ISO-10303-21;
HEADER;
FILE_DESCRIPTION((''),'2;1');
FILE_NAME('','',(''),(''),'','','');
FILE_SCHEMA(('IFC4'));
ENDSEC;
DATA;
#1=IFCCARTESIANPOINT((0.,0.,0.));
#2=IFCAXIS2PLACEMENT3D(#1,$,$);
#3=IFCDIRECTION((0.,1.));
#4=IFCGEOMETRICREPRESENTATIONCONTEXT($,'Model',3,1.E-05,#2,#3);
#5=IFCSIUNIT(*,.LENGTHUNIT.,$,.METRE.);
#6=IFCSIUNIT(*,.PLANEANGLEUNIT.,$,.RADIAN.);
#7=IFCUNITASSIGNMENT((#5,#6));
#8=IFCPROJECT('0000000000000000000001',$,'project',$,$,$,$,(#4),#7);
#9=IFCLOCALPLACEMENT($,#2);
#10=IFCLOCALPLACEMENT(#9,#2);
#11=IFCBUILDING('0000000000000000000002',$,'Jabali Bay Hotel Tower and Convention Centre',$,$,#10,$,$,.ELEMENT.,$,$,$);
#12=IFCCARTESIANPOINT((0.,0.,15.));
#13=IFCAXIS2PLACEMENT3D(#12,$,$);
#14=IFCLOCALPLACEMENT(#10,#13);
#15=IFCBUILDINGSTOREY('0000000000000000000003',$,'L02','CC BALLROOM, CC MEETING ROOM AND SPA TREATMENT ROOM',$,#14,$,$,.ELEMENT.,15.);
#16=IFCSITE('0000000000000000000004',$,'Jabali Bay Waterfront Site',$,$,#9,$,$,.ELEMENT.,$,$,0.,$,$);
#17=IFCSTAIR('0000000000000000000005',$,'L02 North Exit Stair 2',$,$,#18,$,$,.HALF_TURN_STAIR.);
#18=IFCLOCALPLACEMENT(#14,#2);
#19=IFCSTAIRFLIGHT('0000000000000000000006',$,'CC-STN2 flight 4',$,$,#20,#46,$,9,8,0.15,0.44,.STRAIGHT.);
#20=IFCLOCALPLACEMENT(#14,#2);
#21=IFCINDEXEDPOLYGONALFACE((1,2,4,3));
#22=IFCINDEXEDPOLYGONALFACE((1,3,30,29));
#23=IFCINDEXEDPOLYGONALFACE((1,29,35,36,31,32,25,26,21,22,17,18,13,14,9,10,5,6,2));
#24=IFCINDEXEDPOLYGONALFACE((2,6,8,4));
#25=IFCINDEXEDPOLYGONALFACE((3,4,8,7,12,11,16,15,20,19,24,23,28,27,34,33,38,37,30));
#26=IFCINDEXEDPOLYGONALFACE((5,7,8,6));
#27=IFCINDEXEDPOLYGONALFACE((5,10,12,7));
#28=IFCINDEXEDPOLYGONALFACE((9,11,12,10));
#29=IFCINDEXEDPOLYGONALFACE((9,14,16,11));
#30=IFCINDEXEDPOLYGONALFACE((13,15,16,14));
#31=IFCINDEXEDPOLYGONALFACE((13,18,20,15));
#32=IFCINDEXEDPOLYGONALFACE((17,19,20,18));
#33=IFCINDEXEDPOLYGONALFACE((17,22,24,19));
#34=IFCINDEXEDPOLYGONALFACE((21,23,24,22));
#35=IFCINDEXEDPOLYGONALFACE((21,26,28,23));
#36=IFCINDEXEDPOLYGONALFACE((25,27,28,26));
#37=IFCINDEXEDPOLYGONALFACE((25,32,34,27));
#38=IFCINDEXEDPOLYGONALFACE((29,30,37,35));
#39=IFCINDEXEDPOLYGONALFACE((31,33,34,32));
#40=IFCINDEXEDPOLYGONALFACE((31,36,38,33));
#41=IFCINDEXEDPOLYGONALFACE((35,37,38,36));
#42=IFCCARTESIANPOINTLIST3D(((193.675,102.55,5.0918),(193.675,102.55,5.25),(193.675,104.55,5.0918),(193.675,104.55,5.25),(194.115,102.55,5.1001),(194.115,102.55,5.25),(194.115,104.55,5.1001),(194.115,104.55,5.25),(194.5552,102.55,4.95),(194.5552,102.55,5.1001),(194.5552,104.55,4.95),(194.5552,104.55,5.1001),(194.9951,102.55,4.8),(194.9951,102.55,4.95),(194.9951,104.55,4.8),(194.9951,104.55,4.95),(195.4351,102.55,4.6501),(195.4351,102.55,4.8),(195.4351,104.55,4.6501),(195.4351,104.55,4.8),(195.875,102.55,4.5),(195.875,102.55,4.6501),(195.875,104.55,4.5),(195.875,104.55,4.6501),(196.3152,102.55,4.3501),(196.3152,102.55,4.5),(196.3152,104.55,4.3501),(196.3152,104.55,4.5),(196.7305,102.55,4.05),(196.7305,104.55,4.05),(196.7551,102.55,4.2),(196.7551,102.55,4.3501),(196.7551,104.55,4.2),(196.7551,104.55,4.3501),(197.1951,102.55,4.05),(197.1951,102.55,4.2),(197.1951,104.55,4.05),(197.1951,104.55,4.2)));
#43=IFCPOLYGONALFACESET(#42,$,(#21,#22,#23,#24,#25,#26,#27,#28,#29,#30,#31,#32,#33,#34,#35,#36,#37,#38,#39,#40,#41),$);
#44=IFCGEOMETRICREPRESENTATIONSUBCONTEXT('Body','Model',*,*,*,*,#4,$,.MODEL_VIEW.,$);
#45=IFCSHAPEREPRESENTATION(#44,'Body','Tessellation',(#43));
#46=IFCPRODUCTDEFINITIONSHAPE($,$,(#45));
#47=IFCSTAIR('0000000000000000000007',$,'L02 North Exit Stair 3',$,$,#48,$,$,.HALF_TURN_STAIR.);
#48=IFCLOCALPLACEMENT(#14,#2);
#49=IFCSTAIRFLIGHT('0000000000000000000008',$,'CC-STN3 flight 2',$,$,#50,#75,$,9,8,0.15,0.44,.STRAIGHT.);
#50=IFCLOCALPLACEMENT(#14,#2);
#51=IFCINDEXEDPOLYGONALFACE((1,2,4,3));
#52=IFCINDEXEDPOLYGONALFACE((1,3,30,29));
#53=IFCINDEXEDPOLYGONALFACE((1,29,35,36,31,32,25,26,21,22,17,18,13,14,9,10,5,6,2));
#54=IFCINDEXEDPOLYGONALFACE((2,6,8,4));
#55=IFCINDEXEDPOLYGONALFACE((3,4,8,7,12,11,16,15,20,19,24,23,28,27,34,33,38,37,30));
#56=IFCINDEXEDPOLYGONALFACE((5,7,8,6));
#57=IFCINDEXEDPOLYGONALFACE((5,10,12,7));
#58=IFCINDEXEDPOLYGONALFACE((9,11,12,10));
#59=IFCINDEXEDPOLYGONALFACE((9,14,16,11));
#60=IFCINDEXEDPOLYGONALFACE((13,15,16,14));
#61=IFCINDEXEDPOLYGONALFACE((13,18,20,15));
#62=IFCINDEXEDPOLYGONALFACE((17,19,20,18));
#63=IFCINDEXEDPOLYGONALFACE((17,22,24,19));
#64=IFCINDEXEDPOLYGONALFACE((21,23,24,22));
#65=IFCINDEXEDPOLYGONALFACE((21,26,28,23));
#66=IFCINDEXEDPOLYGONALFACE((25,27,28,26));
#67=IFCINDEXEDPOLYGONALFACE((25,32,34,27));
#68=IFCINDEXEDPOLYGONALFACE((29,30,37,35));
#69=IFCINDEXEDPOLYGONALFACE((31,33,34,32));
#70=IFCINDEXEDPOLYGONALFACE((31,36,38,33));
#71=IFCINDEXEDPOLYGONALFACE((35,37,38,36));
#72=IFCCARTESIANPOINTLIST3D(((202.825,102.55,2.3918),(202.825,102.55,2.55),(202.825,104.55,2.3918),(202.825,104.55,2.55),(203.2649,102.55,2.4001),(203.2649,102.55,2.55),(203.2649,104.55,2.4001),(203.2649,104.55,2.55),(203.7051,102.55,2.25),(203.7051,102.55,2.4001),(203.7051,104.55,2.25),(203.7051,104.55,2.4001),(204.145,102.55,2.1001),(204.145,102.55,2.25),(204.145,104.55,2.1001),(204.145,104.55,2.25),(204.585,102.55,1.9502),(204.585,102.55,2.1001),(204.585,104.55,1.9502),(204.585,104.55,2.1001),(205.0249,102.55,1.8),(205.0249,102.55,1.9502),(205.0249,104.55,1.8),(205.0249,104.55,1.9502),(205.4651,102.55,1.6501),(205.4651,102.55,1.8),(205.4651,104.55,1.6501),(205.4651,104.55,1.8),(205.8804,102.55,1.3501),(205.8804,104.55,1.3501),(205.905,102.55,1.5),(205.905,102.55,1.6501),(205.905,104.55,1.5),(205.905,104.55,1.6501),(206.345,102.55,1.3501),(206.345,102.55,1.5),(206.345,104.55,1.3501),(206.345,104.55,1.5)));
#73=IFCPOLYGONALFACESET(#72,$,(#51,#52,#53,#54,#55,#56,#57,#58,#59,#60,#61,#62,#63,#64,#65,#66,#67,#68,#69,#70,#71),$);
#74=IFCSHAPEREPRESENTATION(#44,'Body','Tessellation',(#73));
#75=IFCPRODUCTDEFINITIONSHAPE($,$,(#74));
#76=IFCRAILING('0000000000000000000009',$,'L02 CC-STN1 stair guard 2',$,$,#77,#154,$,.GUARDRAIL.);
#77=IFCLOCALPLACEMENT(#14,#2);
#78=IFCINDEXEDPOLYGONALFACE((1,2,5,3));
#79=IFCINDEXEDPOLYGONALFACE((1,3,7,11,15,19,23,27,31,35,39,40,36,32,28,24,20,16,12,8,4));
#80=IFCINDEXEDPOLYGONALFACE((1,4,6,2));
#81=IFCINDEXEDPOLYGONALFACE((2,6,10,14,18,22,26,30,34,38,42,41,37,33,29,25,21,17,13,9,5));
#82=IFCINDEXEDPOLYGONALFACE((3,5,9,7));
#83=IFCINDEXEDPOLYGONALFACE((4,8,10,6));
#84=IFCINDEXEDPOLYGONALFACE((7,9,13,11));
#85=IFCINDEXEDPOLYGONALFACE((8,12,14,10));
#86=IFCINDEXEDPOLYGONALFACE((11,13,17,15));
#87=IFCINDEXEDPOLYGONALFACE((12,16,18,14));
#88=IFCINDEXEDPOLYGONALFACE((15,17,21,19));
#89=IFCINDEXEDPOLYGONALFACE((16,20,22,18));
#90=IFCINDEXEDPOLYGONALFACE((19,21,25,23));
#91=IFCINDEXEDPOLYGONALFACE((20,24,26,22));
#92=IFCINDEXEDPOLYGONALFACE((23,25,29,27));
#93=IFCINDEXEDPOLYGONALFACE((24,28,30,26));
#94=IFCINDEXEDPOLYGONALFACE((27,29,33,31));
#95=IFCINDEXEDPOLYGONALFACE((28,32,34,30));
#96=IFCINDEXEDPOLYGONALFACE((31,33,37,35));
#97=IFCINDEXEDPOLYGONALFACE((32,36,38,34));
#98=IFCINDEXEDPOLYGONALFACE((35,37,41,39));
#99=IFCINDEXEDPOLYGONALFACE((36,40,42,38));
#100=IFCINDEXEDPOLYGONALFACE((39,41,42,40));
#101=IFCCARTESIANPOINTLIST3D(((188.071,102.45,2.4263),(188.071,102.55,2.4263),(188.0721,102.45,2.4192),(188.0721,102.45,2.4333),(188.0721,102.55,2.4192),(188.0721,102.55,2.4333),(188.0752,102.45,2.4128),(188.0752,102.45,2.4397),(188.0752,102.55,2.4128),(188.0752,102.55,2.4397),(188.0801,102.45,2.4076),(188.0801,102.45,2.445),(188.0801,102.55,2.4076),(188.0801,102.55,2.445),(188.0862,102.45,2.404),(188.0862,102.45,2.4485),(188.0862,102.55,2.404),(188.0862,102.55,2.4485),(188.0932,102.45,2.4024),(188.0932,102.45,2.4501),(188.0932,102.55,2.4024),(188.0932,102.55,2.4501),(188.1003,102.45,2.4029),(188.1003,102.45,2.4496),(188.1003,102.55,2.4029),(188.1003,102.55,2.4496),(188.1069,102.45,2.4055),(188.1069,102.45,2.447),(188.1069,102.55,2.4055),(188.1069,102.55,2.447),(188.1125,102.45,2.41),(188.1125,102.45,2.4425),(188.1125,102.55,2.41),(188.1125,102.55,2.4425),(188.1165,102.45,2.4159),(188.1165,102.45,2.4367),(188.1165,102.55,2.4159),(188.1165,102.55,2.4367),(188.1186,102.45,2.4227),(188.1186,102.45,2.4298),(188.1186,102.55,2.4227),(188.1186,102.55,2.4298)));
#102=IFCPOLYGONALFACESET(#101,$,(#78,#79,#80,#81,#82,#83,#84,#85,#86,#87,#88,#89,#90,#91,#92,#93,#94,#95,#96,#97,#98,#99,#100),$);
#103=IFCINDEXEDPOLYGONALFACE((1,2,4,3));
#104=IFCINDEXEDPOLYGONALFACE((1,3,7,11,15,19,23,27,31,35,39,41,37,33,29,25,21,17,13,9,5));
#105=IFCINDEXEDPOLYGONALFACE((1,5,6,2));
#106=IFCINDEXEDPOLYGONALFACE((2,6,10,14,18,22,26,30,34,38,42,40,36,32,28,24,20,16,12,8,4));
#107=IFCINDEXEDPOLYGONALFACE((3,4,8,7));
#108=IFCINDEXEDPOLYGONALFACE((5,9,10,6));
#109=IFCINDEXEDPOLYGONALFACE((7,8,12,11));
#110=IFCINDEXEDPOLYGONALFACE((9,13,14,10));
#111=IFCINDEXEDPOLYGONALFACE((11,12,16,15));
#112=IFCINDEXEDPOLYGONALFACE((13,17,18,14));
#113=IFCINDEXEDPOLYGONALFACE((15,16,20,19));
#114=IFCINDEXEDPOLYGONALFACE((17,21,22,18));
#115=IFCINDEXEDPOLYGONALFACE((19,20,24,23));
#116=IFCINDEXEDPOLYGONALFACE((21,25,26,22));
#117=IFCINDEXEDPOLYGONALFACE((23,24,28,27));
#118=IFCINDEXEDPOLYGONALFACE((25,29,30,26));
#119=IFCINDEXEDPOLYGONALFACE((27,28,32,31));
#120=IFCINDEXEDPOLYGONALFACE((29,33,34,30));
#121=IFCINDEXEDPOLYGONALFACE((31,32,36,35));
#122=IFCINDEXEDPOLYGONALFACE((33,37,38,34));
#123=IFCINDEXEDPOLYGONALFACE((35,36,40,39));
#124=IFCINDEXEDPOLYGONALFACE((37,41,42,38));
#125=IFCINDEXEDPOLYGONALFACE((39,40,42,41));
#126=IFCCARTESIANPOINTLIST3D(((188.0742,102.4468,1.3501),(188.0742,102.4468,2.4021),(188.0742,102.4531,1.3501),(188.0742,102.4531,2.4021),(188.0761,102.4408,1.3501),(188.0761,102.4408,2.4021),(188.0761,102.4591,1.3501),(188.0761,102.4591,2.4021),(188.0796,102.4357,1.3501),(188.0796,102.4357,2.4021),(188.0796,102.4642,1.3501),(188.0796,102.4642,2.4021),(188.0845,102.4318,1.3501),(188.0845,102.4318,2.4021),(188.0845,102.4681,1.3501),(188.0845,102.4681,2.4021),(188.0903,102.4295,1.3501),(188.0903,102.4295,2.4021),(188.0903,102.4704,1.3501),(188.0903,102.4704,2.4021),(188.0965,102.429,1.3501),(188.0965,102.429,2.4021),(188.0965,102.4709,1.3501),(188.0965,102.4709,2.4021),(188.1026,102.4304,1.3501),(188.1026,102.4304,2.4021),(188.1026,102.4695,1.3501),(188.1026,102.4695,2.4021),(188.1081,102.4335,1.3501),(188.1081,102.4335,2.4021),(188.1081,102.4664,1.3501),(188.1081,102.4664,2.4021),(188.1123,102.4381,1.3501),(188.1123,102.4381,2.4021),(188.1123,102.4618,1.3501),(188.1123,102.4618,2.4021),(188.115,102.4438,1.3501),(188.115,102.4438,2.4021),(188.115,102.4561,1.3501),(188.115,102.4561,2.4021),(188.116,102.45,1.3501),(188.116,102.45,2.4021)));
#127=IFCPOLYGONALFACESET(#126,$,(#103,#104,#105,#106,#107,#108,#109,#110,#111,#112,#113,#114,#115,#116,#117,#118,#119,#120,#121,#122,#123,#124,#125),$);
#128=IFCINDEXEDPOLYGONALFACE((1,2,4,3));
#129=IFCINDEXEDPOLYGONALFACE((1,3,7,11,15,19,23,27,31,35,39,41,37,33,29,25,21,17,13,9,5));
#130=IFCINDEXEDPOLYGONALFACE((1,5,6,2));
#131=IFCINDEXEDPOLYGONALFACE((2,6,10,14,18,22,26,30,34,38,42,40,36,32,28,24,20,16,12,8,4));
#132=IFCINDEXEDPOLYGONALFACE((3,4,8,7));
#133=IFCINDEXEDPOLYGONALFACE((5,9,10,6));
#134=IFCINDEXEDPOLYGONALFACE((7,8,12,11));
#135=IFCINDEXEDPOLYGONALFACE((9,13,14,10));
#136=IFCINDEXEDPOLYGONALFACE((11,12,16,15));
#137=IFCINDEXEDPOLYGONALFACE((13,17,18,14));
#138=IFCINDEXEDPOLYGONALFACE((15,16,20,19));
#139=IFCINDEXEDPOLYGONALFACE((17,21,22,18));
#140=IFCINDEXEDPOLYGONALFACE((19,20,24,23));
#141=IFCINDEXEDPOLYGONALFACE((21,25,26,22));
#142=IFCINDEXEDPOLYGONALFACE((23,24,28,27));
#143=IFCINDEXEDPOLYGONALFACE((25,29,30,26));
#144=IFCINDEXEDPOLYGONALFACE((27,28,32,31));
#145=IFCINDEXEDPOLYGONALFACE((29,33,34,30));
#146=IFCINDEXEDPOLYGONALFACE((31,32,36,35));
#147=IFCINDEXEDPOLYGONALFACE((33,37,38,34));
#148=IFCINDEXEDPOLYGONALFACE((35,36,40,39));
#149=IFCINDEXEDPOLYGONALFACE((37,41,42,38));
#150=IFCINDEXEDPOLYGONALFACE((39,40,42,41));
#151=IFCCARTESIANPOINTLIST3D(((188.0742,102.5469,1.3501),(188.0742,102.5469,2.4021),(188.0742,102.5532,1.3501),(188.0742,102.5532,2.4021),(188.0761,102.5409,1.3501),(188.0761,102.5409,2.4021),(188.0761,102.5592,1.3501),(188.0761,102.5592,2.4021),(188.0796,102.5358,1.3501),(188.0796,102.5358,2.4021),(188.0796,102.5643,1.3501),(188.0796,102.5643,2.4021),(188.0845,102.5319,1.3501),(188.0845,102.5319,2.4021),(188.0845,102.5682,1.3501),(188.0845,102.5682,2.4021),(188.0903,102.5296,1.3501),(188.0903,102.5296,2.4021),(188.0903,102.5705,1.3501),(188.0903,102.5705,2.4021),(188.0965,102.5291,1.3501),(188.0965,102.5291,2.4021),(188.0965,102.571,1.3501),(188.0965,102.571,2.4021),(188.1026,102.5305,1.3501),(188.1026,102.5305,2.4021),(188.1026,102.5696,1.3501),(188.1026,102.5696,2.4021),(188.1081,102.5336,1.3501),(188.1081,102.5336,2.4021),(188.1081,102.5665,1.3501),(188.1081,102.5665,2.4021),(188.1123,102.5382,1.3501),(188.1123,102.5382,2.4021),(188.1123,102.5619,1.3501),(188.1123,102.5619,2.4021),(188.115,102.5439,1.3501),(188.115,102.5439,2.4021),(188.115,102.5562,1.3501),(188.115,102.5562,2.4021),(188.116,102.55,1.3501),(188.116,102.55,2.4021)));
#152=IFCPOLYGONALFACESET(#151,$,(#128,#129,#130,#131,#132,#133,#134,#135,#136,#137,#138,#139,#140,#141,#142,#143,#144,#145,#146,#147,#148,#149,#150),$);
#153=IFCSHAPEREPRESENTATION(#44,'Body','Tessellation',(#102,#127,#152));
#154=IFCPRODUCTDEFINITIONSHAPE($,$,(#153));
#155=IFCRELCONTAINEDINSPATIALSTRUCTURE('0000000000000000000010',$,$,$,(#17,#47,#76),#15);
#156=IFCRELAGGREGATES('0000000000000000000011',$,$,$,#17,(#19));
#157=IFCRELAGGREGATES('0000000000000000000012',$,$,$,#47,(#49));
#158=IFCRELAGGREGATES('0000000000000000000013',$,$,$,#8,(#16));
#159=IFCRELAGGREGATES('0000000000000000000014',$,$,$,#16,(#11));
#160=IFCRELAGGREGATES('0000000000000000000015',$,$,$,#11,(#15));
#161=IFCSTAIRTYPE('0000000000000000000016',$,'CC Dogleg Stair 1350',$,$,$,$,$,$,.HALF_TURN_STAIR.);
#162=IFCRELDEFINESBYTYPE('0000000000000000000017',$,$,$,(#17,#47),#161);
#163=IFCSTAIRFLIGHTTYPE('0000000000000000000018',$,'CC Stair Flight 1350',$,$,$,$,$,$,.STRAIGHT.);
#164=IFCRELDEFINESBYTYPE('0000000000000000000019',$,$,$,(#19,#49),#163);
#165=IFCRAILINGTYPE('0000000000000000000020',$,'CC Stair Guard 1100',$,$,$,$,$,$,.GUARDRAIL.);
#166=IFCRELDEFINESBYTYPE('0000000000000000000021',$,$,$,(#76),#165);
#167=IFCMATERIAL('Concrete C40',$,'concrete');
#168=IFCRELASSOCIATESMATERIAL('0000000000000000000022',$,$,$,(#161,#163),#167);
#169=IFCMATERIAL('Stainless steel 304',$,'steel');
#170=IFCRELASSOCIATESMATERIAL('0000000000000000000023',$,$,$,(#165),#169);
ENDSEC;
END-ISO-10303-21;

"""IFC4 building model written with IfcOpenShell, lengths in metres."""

from ifc_helpers import new_model, si_unit, direction, frame, origin, origin_2d, place, context, subcontext, project, spatial, polyline, circle, outline, extrude, material, type_object, element, aggregate, save


model = new_model("IFC4")

# Units and contexts
model_context = context("Model", 3, precision=1e-05, world=origin(), true_north=direction((0.0, 1.0)))
body_context = subcontext(model_context, "Body", "Model", "MODEL_VIEW")
ifc_project = project(units=[si_unit("LENGTHUNIT", "METRE"), si_unit("PLANEANGLEUNIT", "RADIAN")], contexts=[model_context])

# Site, building, storey
site_placement = place(None, origin())
site = spatial("IfcSite", under=ifc_project, at=site_placement, Name="Jabali Bay Waterfront Site", CompositionType="ELEMENT", RefElevation=0.0)
building_placement = place(site_placement, origin())
building = spatial("IfcBuilding", under=site, at=building_placement, Name="Jabali Bay Hotel Tower and Convention Centre", CompositionType="ELEMENT")
storey_placement = place(building_placement, frame((0.0, 0.0, 15.0)))
storey = spatial("IfcBuildingStorey", under=building, at=storey_placement, Name="L02", Description="CC BALLROOM, CC MEETING ROOM AND SPA TREATMENT ROOM", CompositionType="ELEMENT", Elevation=15.0)

# Shared definitions
ifc_material_1 = material(Name="Concrete C40", Category="concrete")

# Shared definitions
stair_type = type_object("IfcStairType", Name="CC Dogleg Stair 1350", PredefinedType="HALF_TURN_STAIR", material=ifc_material_1)
stair_flight_type = type_object("IfcStairFlightType", Name="CC Stair Flight 1350", PredefinedType="STRAIGHT", material=ifc_material_1)

# Stair, stair flight
stair_1_placement = place(storey_placement, origin())
stair_1 = element("IfcStair", 1, at=stair_1_placement, inside=storey, type_object=stair_type, Name="L02 North Exit Stair 2", PredefinedType="HALF_TURN_STAIR")
stair_flight_1_placement = place(storey_placement, frame((197.1951, 103.55, 4.05), z_axis=(0.0, 0.0, 1.0), x_axis=(-1.0, 0.0, 0.0)))
stair_flight_1 = element("IfcStairFlight", 2, at=stair_flight_1_placement, type_object=stair_flight_type, Name="CC-STN2 flight 4", NumberOfRisers=9, NumberOfTreads=8, PredefinedType="STRAIGHT", RiserHeight=0.15, TreadLength=0.44, context=body_context, shape_type="SweptSolid", body=[
    extrude(outline(polyline([(0.0, 0.0), (0.0, 0.1499), (0.4399, 0.1499), (0.4399, 0.3), (0.8799, 0.3), (0.8799, 0.45), (1.3201, 0.45), (1.3201, 0.6001), (1.76, 0.6001), (1.76, 0.75), (2.2, 0.75), (2.2, 0.8999), (2.6399, 0.8999), (2.6399, 1.05), (3.0801, 1.05), (3.0801, 1.2), (3.52, 1.2), (3.52, 1.3501), (3.52, 1.0417), (0.4646, 0.0), (0.0, 0.0)])), frame((0.0, 1.0, 0.0), z_axis=(0.0, -1.0, 0.0), x_axis=(1.0, 0.0, 0.0)), (0.0, 0.0, 1.0), 2.0),
])
aggregate(stair_1, [stair_flight_1])

# Stair, stair flight
stair_2_placement = place(storey_placement, origin())
stair_2 = element("IfcStair", 3, at=stair_2_placement, inside=storey, type_object=stair_type, Name="L02 North Exit Stair 3", PredefinedType="HALF_TURN_STAIR")
stair_flight_2_placement = place(storey_placement, frame((206.345, 103.55, 1.3501), z_axis=(0.0, 0.0, 1.0), x_axis=(-1.0, 0.0, 0.0)))
stair_flight_2 = element("IfcStairFlight", 4, at=stair_flight_2_placement, type_object=stair_flight_type, Name="CC-STN3 flight 2", NumberOfRisers=9, NumberOfTreads=8, PredefinedType="STRAIGHT", RiserHeight=0.15, TreadLength=0.44, context=body_context, shape_type="SweptSolid", body=[
    extrude(outline(polyline([(0.0, 0.0), (0.0, 0.1499), (0.4399, 0.1499), (0.4399, 0.3), (0.8799, 0.3), (0.8799, 0.45), (1.3201, 0.45), (1.3201, 0.6001), (1.76, 0.6001), (1.76, 0.75), (2.2, 0.75), (2.2, 0.8999), (2.6399, 0.8999), (2.6399, 1.05), (3.0801, 1.05), (3.0801, 1.2), (3.52, 1.2), (3.52, 1.3501), (3.52, 1.0417), (0.4646, 0.0), (0.0, 0.0)])), frame((0.0, 1.0, 0.0), z_axis=(0.0, -1.0, 0.0), x_axis=(1.0, 0.0, 0.0)), (0.0, 0.0, 1.0), 2.0),
])
aggregate(stair_2, [stair_flight_2])

# Railing
ifc_material_2 = material(Name="Stainless steel 304", Category="steel")
railing_type_1 = type_object("IfcRailingType", Name="CC Stair Guard 1100", PredefinedType="GUARDRAIL", material=ifc_material_2)
for number, where, name in (
    (5, (188.095, 102.45, 1.3501), "L02 CC-STN1 stair guard 2"),
):
    element("IfcRailing", number, at=place(storey_placement, frame(where)), inside=storey, type_object=railing_type_1, Name=name, PredefinedType="GUARDRAIL", context=body_context, shape_type="SweptSolid", body=[
        extrude(circle(Radius=0.0239, at=origin_2d()), frame((0.0, 0.0, 1.0762), z_axis=(0.0, 1.0, 0.0), x_axis=(-1.0, 0.0, 0.0)), (0.0, 0.0, 1.0), 0.1001),
        extrude(circle(Radius=0.021, at=origin_2d()), origin(), (0.0, 0.0, 1.0), 1.052),
        extrude(circle(Radius=0.021, at=origin_2d()), frame((0.0, 0.1001, 0.0)), (0.0, 0.0, 1.0), 1.052),
    ])

save(model, "model.ifc")
